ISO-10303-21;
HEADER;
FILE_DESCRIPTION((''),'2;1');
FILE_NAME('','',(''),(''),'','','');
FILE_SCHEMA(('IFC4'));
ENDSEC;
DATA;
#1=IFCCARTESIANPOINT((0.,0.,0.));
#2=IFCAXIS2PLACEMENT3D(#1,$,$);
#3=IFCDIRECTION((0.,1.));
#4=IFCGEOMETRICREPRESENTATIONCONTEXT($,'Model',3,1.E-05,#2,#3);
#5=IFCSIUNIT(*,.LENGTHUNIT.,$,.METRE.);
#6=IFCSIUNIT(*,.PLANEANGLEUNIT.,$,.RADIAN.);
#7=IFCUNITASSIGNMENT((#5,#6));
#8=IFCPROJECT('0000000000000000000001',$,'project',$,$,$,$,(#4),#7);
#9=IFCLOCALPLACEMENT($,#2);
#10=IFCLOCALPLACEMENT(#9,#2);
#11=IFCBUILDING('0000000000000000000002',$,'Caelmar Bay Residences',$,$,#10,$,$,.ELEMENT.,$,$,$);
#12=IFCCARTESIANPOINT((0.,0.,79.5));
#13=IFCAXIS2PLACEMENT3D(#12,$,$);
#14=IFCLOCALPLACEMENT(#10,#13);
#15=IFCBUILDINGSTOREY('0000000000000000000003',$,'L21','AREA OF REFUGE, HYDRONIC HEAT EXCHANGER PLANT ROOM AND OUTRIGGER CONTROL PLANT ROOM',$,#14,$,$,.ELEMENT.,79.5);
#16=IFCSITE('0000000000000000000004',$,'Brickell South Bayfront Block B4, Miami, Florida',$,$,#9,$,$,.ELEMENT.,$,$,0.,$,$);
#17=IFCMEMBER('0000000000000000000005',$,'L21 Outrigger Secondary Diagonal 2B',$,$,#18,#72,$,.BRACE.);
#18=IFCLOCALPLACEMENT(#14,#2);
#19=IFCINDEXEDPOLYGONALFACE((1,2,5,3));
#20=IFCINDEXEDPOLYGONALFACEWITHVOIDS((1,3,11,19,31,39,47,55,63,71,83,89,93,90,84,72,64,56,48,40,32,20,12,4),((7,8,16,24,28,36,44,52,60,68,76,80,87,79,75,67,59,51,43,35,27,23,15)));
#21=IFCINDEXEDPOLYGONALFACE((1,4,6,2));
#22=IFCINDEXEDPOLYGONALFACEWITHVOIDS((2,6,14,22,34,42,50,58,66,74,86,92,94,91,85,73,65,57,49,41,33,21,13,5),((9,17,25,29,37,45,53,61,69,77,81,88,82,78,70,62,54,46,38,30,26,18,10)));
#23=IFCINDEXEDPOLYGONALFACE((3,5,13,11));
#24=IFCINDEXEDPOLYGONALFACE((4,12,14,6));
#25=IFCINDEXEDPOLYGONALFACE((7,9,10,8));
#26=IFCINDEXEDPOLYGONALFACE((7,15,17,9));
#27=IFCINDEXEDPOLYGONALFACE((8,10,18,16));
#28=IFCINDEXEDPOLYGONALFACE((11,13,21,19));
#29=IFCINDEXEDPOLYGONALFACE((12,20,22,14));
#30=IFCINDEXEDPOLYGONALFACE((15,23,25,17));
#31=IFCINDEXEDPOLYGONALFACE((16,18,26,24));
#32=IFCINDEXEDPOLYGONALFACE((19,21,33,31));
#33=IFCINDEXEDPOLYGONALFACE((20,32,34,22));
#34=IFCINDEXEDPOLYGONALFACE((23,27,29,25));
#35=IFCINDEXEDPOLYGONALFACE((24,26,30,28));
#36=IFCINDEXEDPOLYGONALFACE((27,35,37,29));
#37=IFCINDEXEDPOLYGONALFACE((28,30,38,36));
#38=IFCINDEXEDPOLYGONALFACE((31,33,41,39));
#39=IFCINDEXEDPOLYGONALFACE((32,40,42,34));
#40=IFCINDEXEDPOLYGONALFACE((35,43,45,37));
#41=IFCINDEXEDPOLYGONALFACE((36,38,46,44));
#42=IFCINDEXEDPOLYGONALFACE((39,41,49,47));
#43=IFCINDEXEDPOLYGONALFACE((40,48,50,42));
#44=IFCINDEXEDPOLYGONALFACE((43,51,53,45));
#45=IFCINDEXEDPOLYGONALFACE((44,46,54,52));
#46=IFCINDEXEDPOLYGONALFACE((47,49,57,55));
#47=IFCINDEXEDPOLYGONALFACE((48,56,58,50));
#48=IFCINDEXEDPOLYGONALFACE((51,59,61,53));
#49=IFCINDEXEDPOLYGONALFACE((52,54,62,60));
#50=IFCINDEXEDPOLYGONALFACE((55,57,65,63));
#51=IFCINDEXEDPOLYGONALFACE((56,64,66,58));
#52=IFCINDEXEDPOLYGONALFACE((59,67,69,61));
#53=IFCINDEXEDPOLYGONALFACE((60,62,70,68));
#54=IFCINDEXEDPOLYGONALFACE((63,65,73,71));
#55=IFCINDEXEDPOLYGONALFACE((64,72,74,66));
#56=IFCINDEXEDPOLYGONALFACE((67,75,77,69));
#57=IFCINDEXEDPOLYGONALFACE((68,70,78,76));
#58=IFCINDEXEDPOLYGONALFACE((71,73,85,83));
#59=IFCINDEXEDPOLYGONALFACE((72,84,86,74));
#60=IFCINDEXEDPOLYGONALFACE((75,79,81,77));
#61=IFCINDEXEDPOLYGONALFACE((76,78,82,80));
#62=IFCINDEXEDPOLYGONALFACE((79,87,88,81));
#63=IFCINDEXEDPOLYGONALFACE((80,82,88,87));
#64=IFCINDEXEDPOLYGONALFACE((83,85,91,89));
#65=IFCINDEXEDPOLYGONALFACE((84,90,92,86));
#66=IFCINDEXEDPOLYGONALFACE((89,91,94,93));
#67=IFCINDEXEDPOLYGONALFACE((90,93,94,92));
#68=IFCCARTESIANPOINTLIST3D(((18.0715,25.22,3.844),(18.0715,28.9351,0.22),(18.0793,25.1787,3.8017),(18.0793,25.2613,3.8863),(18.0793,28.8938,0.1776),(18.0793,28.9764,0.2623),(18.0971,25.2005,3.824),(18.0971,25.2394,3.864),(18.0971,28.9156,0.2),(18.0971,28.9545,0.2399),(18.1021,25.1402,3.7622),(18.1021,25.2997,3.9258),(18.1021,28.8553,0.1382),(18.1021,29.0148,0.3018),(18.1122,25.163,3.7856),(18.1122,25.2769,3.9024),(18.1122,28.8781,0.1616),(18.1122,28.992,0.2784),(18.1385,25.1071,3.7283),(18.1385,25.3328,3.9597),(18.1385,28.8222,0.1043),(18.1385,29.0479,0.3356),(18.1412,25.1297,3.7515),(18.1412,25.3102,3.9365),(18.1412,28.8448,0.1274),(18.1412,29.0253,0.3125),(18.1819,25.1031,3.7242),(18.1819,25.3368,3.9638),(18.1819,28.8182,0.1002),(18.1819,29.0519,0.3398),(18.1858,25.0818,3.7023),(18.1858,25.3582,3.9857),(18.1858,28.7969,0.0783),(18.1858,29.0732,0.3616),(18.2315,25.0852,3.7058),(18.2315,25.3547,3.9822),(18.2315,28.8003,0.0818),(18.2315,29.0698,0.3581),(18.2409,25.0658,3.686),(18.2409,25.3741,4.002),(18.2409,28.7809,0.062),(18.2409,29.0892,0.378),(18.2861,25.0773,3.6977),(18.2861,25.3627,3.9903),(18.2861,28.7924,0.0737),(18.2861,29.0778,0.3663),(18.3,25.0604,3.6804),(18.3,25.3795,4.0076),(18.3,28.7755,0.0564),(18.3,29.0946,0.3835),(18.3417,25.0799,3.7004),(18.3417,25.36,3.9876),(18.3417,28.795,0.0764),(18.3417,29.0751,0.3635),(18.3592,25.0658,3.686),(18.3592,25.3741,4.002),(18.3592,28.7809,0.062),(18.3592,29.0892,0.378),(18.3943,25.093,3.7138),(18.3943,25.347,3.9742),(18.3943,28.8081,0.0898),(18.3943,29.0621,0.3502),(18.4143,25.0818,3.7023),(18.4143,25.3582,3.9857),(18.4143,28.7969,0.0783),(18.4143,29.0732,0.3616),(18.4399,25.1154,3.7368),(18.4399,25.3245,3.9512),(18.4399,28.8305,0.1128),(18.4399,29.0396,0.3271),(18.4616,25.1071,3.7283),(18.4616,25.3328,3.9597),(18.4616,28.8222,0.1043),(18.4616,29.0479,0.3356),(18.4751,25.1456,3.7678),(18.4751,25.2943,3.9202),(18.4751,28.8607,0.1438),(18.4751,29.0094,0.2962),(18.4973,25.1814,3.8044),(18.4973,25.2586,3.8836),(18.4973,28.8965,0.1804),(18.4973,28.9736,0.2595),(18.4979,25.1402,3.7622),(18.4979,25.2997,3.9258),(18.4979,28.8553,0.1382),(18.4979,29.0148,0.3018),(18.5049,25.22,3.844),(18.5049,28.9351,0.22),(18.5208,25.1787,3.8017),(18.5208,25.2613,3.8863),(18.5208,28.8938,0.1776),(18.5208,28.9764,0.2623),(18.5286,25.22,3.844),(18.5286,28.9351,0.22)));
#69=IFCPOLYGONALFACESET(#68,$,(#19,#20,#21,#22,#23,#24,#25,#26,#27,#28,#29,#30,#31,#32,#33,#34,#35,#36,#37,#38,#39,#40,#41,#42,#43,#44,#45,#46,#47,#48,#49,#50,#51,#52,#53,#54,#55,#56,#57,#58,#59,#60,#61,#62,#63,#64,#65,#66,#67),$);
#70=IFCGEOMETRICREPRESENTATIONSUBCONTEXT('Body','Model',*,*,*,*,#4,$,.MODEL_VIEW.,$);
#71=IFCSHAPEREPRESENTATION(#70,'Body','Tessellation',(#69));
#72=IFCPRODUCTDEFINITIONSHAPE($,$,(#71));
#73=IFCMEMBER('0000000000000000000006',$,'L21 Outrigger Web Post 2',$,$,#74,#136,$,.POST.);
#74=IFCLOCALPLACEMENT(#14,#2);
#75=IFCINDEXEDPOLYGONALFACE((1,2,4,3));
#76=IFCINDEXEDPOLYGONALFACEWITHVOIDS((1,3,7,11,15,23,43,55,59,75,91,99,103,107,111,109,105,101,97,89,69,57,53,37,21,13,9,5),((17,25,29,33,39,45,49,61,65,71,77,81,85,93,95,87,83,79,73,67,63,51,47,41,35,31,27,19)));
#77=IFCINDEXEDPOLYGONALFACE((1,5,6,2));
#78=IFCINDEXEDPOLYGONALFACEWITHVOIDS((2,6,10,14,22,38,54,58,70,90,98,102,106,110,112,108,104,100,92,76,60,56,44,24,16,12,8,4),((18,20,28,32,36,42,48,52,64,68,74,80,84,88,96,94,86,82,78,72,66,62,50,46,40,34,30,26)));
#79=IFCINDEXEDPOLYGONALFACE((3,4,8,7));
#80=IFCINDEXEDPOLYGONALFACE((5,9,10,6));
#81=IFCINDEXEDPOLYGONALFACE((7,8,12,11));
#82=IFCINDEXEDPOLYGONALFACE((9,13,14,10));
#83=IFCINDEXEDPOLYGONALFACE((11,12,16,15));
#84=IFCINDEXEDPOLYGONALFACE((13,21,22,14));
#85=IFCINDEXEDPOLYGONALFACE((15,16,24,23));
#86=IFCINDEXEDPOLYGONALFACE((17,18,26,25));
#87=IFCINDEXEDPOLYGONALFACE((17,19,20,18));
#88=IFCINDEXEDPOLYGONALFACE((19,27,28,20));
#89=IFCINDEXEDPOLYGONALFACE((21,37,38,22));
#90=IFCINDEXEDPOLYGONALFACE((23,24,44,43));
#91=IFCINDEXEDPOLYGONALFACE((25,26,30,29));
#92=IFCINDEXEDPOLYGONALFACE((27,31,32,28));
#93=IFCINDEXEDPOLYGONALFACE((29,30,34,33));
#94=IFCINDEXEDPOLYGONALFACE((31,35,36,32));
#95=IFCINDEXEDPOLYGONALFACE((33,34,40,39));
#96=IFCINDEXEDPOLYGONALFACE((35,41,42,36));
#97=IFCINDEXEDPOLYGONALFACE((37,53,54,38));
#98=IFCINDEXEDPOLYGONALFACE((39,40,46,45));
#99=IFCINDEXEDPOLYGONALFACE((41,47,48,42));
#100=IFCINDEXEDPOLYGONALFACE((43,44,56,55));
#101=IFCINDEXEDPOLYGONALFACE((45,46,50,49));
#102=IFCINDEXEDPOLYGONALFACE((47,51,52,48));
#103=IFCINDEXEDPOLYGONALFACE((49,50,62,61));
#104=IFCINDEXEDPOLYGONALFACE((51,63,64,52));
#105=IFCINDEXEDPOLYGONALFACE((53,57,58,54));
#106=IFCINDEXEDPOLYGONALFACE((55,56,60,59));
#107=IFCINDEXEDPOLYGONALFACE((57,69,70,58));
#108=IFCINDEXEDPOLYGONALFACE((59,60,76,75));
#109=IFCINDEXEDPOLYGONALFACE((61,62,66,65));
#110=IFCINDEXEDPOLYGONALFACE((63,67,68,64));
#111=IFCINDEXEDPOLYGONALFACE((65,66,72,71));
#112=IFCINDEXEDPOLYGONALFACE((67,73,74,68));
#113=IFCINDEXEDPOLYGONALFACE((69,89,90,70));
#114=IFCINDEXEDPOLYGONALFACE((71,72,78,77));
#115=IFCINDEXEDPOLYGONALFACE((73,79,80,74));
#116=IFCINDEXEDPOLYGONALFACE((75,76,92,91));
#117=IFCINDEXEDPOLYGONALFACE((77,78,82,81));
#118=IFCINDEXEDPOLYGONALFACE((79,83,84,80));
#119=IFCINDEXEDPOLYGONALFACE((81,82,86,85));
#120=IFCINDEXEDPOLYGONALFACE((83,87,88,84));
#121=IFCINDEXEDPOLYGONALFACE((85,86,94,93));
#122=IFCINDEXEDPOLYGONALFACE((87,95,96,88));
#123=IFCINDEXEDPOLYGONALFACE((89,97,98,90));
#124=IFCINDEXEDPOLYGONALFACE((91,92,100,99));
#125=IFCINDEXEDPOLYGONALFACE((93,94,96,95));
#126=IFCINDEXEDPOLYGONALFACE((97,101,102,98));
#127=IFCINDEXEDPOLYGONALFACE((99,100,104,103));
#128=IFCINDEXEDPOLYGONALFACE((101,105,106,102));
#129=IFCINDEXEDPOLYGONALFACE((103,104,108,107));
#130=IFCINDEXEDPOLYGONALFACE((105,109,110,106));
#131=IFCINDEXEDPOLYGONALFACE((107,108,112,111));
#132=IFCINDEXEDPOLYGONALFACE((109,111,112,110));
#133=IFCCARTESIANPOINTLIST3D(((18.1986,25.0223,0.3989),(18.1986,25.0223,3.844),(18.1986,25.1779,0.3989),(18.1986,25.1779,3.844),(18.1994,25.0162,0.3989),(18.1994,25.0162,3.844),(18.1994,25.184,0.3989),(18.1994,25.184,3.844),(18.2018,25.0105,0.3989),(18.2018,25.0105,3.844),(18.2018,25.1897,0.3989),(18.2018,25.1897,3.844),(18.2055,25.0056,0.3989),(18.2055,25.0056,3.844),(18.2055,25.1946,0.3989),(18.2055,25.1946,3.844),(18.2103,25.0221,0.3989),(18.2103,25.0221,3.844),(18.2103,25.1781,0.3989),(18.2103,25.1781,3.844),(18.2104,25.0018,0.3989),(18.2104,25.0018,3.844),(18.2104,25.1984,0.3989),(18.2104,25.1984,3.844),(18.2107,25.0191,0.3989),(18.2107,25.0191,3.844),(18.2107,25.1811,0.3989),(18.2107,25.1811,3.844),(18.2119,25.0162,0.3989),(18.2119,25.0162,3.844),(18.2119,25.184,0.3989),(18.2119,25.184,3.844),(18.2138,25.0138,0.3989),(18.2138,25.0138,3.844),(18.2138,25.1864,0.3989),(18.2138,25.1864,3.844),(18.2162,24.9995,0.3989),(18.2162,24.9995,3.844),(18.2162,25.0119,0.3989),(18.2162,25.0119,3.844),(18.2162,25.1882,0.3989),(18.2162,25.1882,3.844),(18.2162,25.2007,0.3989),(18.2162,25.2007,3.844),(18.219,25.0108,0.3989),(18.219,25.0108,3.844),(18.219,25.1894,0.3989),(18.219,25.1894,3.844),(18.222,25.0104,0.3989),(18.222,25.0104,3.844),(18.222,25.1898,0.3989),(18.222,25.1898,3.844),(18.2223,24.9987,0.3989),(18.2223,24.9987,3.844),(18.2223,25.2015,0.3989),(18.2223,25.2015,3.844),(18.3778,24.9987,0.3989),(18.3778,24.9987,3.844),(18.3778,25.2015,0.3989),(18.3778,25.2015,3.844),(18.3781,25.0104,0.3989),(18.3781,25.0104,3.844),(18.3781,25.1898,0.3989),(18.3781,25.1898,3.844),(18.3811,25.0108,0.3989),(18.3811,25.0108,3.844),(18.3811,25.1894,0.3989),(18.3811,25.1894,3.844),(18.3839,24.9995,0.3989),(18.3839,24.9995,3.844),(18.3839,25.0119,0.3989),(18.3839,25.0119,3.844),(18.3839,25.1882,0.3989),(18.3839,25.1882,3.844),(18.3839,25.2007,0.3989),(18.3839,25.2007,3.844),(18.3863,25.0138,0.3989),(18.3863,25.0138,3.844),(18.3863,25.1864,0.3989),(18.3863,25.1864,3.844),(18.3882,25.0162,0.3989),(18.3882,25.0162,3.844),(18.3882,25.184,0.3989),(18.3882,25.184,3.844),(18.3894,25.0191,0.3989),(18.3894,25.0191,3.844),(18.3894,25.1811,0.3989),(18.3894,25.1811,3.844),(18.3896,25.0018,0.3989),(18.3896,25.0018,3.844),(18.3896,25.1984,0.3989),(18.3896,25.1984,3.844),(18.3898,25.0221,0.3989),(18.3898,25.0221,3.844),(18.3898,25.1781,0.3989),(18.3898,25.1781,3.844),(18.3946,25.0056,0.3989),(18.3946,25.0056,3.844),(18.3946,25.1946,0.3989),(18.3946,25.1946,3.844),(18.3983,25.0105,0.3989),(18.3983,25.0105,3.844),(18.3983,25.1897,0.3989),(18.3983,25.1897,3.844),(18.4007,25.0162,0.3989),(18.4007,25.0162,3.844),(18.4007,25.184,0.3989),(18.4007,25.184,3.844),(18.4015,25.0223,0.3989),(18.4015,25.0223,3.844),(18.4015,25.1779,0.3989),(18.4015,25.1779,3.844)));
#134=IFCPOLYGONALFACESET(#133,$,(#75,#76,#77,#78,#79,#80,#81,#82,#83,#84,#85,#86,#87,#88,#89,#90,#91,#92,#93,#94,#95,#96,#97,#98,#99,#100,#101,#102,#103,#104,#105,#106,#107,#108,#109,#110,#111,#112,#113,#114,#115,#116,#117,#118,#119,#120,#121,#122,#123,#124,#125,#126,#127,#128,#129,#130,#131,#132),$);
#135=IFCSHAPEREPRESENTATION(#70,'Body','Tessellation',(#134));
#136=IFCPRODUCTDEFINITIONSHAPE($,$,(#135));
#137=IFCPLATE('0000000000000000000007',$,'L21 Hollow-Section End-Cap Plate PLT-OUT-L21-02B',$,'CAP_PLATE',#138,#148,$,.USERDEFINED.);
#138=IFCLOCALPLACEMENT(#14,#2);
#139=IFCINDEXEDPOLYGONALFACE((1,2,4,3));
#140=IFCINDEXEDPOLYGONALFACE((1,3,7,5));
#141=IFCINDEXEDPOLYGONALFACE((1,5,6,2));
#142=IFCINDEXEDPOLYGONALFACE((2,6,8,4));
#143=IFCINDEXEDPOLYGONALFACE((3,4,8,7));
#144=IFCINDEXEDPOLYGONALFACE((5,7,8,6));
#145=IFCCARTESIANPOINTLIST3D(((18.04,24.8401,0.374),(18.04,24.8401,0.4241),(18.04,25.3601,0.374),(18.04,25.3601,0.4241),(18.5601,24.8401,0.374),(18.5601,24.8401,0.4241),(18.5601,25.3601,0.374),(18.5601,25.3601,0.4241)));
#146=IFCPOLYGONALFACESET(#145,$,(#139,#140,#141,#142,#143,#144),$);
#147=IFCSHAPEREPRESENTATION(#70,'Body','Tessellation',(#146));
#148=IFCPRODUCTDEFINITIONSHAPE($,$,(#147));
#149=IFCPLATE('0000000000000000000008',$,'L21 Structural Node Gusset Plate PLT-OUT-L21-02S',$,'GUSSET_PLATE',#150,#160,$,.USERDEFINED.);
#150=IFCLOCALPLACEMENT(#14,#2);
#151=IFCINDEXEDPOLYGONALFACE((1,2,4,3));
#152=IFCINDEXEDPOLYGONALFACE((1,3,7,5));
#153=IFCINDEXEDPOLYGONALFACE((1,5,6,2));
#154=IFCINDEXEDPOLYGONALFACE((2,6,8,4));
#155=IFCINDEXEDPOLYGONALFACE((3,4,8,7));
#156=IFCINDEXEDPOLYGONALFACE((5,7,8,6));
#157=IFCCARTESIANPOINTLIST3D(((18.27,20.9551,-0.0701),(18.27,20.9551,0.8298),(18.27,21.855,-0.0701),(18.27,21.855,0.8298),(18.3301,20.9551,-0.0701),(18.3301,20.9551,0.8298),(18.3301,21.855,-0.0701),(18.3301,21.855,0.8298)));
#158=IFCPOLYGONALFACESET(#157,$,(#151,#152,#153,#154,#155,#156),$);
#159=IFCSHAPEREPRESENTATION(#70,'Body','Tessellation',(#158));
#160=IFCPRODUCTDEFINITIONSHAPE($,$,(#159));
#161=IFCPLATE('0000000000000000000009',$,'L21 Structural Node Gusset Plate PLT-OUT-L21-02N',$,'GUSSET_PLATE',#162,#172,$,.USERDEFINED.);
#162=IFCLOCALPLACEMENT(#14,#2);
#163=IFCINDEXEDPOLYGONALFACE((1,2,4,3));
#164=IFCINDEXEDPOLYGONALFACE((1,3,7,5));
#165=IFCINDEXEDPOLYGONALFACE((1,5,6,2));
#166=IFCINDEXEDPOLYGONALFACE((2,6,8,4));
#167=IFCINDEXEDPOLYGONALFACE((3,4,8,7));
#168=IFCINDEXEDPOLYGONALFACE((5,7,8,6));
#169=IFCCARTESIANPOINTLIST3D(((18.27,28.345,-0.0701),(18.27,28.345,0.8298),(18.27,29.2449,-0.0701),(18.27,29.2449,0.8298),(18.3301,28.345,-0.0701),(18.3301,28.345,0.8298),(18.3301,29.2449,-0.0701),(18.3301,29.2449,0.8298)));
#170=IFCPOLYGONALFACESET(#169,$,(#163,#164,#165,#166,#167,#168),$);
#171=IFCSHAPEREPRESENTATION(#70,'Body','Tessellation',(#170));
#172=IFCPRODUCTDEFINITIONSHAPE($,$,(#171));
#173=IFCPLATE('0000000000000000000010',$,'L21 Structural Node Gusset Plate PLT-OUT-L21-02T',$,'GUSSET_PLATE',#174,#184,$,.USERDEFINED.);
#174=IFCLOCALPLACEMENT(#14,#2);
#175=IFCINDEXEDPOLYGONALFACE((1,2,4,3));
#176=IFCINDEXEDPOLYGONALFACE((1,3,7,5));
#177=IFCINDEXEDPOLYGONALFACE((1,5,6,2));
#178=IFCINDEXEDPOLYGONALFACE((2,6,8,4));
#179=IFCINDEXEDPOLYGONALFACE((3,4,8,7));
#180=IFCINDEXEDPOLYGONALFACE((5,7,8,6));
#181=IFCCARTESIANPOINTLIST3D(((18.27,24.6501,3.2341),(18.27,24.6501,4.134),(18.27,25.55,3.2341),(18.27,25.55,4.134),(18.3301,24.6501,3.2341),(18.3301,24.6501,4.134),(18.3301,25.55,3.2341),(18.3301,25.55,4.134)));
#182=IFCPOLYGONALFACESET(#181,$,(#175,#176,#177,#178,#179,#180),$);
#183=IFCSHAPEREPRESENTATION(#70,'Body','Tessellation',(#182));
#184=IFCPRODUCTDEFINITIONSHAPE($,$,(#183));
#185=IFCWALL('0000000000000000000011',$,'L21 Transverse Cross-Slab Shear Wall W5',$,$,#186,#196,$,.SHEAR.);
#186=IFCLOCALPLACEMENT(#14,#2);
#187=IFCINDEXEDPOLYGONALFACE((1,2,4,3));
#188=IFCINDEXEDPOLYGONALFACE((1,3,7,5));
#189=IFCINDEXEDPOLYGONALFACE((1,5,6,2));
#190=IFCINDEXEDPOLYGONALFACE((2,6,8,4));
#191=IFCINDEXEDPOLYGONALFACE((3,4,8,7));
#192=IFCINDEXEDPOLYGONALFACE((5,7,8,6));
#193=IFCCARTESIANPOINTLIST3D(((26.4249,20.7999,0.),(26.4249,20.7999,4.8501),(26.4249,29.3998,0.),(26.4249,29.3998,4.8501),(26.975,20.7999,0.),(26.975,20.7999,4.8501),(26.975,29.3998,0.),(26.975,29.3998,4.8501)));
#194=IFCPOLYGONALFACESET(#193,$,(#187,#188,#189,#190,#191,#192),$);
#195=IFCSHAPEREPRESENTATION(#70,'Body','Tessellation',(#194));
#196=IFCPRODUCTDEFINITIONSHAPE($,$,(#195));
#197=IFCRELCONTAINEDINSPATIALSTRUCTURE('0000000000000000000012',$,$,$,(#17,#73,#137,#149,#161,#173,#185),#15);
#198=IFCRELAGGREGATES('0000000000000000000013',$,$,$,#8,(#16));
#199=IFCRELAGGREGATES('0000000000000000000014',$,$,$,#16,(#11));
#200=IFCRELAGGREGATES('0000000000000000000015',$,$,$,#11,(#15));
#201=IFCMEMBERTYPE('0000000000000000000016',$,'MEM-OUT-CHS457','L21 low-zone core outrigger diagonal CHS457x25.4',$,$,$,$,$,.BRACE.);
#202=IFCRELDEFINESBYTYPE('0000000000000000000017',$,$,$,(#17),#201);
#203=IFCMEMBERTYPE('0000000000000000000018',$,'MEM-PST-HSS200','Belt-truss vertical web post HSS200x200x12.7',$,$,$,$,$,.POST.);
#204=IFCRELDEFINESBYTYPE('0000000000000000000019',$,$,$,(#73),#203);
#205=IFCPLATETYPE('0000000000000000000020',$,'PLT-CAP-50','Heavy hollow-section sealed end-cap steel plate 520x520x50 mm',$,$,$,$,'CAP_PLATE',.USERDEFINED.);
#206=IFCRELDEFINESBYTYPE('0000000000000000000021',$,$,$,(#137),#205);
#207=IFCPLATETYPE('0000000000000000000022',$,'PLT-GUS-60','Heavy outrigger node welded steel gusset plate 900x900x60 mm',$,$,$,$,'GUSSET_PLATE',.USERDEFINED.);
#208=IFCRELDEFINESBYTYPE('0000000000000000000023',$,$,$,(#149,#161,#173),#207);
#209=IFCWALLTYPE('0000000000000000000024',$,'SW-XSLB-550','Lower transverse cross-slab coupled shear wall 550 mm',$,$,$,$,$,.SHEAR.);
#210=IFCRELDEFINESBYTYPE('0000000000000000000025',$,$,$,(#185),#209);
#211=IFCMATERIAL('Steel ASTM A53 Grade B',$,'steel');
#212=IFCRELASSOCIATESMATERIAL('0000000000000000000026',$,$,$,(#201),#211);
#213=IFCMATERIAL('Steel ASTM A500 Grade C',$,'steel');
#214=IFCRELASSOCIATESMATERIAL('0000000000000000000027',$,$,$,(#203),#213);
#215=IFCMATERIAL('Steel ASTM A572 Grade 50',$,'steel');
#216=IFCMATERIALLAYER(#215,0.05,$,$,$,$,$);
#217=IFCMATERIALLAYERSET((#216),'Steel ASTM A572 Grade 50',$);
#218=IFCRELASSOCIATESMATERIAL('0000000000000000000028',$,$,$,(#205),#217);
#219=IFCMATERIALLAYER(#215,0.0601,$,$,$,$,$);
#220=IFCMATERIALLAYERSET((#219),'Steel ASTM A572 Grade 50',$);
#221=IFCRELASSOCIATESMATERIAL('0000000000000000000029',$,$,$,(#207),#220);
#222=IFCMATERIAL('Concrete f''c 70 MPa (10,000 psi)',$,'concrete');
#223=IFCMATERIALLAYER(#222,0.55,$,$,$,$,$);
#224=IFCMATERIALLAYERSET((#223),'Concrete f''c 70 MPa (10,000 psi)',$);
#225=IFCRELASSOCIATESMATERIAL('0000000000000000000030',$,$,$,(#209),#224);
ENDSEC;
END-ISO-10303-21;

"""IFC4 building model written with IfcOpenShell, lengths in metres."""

from ifc_helpers import new_model, si_unit, direction, frame, frame_2d, origin, origin_2d, place, context, subcontext, project, spatial, rectangle, hollow_rectangle, hollow_circle, extrude, material, layer, layer_set, material_profile, profile_set, type_object, element, save


model = new_model("IFC4")

# Units and contexts
model_context = context("Model", 3, precision=1e-05, world=origin(), true_north=direction((0.0, 1.0)))
body_context = subcontext(model_context, "Body", "Model", "MODEL_VIEW")
ifc_project = project(units=[si_unit("LENGTHUNIT", "METRE"), si_unit("PLANEANGLEUNIT", "RADIAN")], contexts=[model_context])

# Site, building, storey
site_placement = place(None, origin())
site = spatial("IfcSite", under=ifc_project, at=site_placement, Name="Brickell South Bayfront Block B4, Miami, Florida", CompositionType="ELEMENT", RefElevation=0.0)
building_placement = place(site_placement, origin())
building = spatial("IfcBuilding", under=site, at=building_placement, Name="Caelmar Bay Residences", CompositionType="ELEMENT")
storey_placement = place(building_placement, frame((0.0, 0.0, 79.5)))
storey = spatial("IfcBuildingStorey", under=building, at=storey_placement, Name="L21", Description="AREA OF REFUGE, HYDRONIC HEAT EXCHANGER PLANT ROOM AND OUTRIGGER CONTROL PLANT ROOM", CompositionType="ELEMENT", Elevation=79.5)

# Shared definitions
ifc_material_1 = material(Name="Concrete f'c 70 MPa (10,000 psi)", Category="concrete")

# Members
ifc_material_2 = material(Name="Steel ASTM A53 Grade B", Category="steel")
ifc_material_profile_1 = material_profile(ifc_material_2, hollow_circle(Radius=0.2285, WallThickness=0.0237, at=origin_2d()), Name="CHS457X25.4")
ifc_profile_set_1 = profile_set([ifc_material_profile_1], Name="Steel ASTM A53 Grade B")
member_type_1 = type_object("IfcMemberType", Name="MEM-OUT-CHS457", Description="L21 low-zone core outrigger diagonal CHS457x25.4", PredefinedType="BRACE", material=ifc_profile_set_1)
member_1_placement = place(storey_placement, frame((18.3, 28.9351, 0.22), z_axis=(0.0, -0.715826, 0.698279), x_axis=(1.0, 0.0, 0.0)))
element("IfcMember", 1, at=member_1_placement, inside=storey, type_object=member_type_1, Name="L21 Outrigger Secondary Diagonal 2B", PredefinedType="BRACE", context=body_context, shape_type="SweptSolid", body=[
    extrude(hollow_circle(Radius=0.2285, WallThickness=0.0237, at=origin_2d()), origin(), (0.0, 0.0, 1.0), 5.1899),
])
ifc_material_3 = material(Name="Steel ASTM A500 Grade C", Category="steel")
ifc_material_profile_2 = material_profile(ifc_material_3, hollow_rectangle(XDim=0.2029, YDim=0.2029, WallThickness=0.0117, InnerFilletRadius=0.0117, OuterFilletRadius=0.0237, at=origin_2d()), Name="HSS200X200X12.7")
ifc_profile_set_2 = profile_set([ifc_material_profile_2], Name="Steel ASTM A500 Grade C")
member_type_2 = type_object("IfcMemberType", Name="MEM-PST-HSS200", Description="Belt-truss vertical web post HSS200x200x12.7", PredefinedType="POST", material=ifc_profile_set_2)
member_2_placement = place(storey_placement, frame((18.3, 25.1001, 0.3989), z_axis=(0.0, 0.0, 1.0), x_axis=(1.0, 0.0, 0.0)))
element("IfcMember", 2, at=member_2_placement, inside=storey, type_object=member_type_2, Name="L21 Outrigger Web Post 2", PredefinedType="POST", context=body_context, shape_type="SweptSolid", body=[
    extrude(hollow_rectangle(XDim=0.2029, YDim=0.2029, WallThickness=0.0117, InnerFilletRadius=0.0117, OuterFilletRadius=0.0237, at=origin_2d()), origin(), (0.0, 0.0, 1.0), 3.4451),
])

# Plates
ifc_material_4 = material(Name="Steel ASTM A572 Grade 50", Category="steel")
ifc_layer_1 = layer(ifc_material_4, 0.05)
ifc_layer_set_1 = layer_set([ifc_layer_1], Name="Steel ASTM A572 Grade 50")
plate_type_1 = type_object("IfcPlateType", Name="PLT-CAP-50", Description="Heavy hollow-section sealed end-cap steel plate 520x520x50 mm", ElementType="CAP_PLATE", PredefinedType="USERDEFINED", material=ifc_layer_set_1)
plate_placement = place(storey_placement, frame((18.3, 25.1001, 0.374), z_axis=(0.0, 0.0, 1.0), x_axis=(1.0, 0.0, 0.0)))
element("IfcPlate", 3, at=plate_placement, inside=storey, type_object=plate_type_1, Name="L21 Hollow-Section End-Cap Plate PLT-OUT-L21-02B", ObjectType="CAP_PLATE", PredefinedType="USERDEFINED", context=body_context, shape_type="SweptSolid", body=[
    extrude(rectangle(XDim=0.52, YDim=0.52, at=origin_2d()), origin(), (0.0, 0.0, 1.0), 0.05),
])
ifc_layer_2 = layer(ifc_material_4, 0.0601)
ifc_layer_set_2 = layer_set([ifc_layer_2], Name="Steel ASTM A572 Grade 50")
plate_type_2 = type_object("IfcPlateType", Name="PLT-GUS-60", Description="Heavy outrigger node welded steel gusset plate 900x900x60 mm", ElementType="GUSSET_PLATE", PredefinedType="USERDEFINED", material=ifc_layer_set_2)
for number, where, z_axis, x_axis, name in (
    (4, (18.3, 21.405, -0.0701), (0.0, 0.0, 1.0), (0.0, 1.0, 0.0), "L21 Structural Node Gusset Plate PLT-OUT-L21-02S"),
    (5, (18.3, 28.7949, -0.0701), (0.0, 0.0, 1.0), (0.0, 1.0, 0.0), "L21 Structural Node Gusset Plate PLT-OUT-L21-02N"),
    (6, (18.3, 25.1001, 3.2341), (0.0, 0.0, 1.0), (0.0, 1.0, 0.0), "L21 Structural Node Gusset Plate PLT-OUT-L21-02T"),
):
    element("IfcPlate", number, at=place(storey_placement, frame(where, z_axis=z_axis, x_axis=x_axis)), inside=storey, type_object=plate_type_2, Name=name, ObjectType="GUSSET_PLATE", PredefinedType="USERDEFINED", context=body_context, shape_type="SweptSolid", body=[
        extrude(rectangle(XDim=0.8999, YDim=0.0601, at=origin_2d()), origin(), (0.0, 0.0, 1.0), 0.8999),
    ])

# Wall
ifc_layer_3 = layer(ifc_material_1, 0.55)
ifc_layer_set_3 = layer_set([ifc_layer_3], Name="Concrete f'c 70 MPa (10,000 psi)")
wall_type_1 = type_object("IfcWallType", Name="SW-XSLB-550", Description="Lower transverse cross-slab coupled shear wall 550 mm", PredefinedType="SHEAR", material=ifc_layer_set_3)
wall_1_placement = place(storey_placement, frame((26.7, 20.8, 0.0), z_axis=(0.0, 0.0, 1.0), x_axis=(0.0, 1.0, 0.0)))
element("IfcWall", 7, at=wall_1_placement, inside=storey, type_object=wall_type_1, Name="L21 Transverse Cross-Slab Shear Wall W5", PredefinedType="SHEAR", context=body_context, shape_type="SweptSolid", body=[
    extrude(rectangle(XDim=8.5999, YDim=0.55, at=frame_2d((4.2998, 0.0))), origin(), (0.0, 0.0, 1.0), 4.8501),
])

save(model, "model.ifc")
